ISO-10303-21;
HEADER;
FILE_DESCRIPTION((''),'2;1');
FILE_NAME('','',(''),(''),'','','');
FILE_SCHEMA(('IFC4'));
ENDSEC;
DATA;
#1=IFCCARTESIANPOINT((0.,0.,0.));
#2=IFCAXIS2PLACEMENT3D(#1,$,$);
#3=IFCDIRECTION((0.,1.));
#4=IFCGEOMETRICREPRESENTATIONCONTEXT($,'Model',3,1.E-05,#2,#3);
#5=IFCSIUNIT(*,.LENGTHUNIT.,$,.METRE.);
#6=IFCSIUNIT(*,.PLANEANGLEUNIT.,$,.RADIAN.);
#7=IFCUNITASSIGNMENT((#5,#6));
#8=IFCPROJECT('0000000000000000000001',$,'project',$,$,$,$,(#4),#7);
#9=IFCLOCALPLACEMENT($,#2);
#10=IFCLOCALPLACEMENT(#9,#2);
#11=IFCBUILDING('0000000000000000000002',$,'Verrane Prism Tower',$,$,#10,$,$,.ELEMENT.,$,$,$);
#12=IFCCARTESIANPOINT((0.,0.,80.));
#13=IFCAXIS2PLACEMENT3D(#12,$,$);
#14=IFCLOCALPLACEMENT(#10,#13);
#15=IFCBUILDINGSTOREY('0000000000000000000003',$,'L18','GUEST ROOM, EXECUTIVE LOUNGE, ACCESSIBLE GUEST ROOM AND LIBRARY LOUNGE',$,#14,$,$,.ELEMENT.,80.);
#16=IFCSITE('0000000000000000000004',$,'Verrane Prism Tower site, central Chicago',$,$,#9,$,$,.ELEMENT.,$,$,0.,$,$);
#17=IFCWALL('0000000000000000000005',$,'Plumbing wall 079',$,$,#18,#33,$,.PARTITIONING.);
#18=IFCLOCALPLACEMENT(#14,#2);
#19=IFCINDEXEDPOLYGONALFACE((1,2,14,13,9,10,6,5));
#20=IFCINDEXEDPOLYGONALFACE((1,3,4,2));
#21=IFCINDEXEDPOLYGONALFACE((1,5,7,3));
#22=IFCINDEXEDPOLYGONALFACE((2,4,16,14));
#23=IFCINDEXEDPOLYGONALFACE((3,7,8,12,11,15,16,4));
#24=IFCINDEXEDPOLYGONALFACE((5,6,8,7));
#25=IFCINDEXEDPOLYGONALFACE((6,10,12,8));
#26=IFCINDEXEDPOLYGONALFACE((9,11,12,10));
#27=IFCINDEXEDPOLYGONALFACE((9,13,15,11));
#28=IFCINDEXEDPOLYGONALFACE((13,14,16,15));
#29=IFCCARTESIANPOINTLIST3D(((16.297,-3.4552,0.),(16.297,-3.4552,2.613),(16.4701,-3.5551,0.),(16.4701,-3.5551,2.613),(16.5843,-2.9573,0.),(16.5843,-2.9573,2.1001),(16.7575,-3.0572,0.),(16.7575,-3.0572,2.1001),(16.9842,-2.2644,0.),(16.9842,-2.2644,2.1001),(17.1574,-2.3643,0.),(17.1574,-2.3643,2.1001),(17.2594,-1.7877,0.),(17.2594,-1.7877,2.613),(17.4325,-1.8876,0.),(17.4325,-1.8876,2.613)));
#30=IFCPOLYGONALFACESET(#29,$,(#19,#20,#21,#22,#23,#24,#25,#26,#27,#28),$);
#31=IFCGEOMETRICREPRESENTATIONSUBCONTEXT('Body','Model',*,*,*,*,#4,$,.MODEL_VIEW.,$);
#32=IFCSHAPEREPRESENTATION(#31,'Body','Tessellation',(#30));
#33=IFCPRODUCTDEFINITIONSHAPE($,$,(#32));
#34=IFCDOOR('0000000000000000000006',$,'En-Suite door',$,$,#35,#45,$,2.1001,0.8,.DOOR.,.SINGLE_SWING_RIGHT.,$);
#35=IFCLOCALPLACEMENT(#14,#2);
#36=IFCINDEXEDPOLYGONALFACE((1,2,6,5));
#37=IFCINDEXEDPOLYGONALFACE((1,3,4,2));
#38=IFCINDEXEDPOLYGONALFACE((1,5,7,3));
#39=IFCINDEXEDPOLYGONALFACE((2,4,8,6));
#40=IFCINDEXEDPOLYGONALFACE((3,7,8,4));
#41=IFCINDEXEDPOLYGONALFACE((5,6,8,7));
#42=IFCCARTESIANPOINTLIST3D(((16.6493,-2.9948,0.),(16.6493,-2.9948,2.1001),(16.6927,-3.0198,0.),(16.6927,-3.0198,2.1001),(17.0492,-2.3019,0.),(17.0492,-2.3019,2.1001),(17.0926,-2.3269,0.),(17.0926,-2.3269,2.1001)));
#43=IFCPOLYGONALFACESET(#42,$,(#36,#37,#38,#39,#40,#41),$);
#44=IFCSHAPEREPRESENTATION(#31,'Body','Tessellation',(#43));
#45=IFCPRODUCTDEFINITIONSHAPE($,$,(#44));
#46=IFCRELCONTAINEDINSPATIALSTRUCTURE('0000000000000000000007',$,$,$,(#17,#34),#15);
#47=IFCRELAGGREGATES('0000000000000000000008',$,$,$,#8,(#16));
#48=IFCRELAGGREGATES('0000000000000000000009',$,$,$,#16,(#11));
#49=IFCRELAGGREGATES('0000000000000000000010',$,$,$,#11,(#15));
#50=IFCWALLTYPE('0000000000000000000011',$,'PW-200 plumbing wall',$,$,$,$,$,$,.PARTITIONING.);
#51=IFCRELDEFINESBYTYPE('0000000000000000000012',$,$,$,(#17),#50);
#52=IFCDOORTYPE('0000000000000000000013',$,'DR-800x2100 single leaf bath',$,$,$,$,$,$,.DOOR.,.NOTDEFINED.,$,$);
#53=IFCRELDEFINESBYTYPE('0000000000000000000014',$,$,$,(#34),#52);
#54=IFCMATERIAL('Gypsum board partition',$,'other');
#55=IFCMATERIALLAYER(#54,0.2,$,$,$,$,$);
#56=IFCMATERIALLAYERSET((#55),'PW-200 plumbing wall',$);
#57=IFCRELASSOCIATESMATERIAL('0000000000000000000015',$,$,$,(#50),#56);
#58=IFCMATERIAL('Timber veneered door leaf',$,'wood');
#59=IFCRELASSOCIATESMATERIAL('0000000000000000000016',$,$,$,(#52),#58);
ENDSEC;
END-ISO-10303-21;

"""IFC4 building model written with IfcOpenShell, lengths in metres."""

from ifc_helpers import new_model, si_unit, direction, frame, frame_2d, origin, place, context, subcontext, project, spatial, rectangle, extrude, material, layer, layer_set, type_object, element, fill, save


model = new_model("IFC4")

# Units and contexts
model_context = context("Model", 3, precision=1e-05, world=origin(), true_north=direction((0.0, 1.0)))
body_context = subcontext(model_context, "Body", "Model", "MODEL_VIEW")
ifc_project = project(units=[si_unit("LENGTHUNIT", "METRE"), si_unit("PLANEANGLEUNIT", "RADIAN")], contexts=[model_context])

# Site, building, storey
site_placement = place(None, origin())
site = spatial("IfcSite", under=ifc_project, at=site_placement, Name="Verrane Prism Tower site, central Chicago", CompositionType="ELEMENT", RefElevation=0.0)
building_placement = place(site_placement, origin())
building = spatial("IfcBuilding", under=site, at=building_placement, Name="Verrane Prism Tower", CompositionType="ELEMENT")
storey_placement = place(building_placement, frame((0.0, 0.0, 80.0)))
storey = spatial("IfcBuildingStorey", under=building, at=storey_placement, Name="L18", Description="GUEST ROOM, EXECUTIVE LOUNGE, ACCESSIBLE GUEST ROOM AND LIBRARY LOUNGE", CompositionType="ELEMENT", Elevation=80.0)

# Shared definitions
ifc_material_1 = material(Name="Gypsum board partition", Category="other")
ifc_layer_1 = layer(ifc_material_1, 0.2)
ifc_layer_set_1 = layer_set([ifc_layer_1], Name="PW-200 plumbing wall")
wall_type_1 = type_object("IfcWallType", Name="PW-200 plumbing wall", PredefinedType="PARTITIONING", material=ifc_layer_set_1)
ifc_material_2 = material(Name="Timber veneered door leaf", Category="wood")
door_type = type_object("IfcDoorType", Name="DR-800x2100 single leaf bath", OperationType="NOTDEFINED", PredefinedType="DOOR", material=ifc_material_2)

# Wall, opening, door
wall_1_placement = place(storey_placement, frame((16.3835, -3.5051, 0.0), z_axis=(0.0, 0.0, 1.0), x_axis=(0.499876, 0.866097, 0.0)))
wall_1 = element("IfcWall", 1, at=wall_1_placement, inside=storey, type_object=wall_type_1, Name="Plumbing wall 079", PredefinedType="PARTITIONING", context=body_context, shape_type="SweptSolid", body=[
    extrude(rectangle(XDim=1.9253, YDim=0.2, at=frame_2d((0.9626, 0.0))), origin(), (0.0, 0.0, 1.0), 2.613),
])
opening_1_placement = place(wall_1_placement, frame((0.575, 0.0, 0.0)))
opening_1 = element("IfcOpeningElement", 2, at=opening_1_placement, cuts=wall_1, PredefinedType="OPENING", context=body_context, shape_type="SweptSolid", body=[
    extrude(rectangle(XDim=0.8, YDim=2.1001, at=frame_2d((0.3999, 1.05))), frame((0.0, 0.1099, 0.0), z_axis=(0.0, -1.0, 0.0), x_axis=(1.0, 0.0, 0.0)), (0.0, 0.0, 1.0), 0.22),
])
door_1_placement = place(opening_1_placement, origin())
door_1 = element("IfcDoor", 3, at=door_1_placement, inside=storey, type_object=door_type, Name="En-Suite door", OperationType="SINGLE_SWING_RIGHT", OverallHeight=2.1001, OverallWidth=0.8, PredefinedType="DOOR", context=body_context, shape_type="SweptSolid", body=[
    extrude(rectangle(XDim=0.8, YDim=2.1001, at=frame_2d((0.3999, 1.05))), frame((0.0, 0.0249, 0.0), z_axis=(0.0, -1.0, 0.0), x_axis=(1.0, 0.0, 0.0)), (0.0, 0.0, 1.0), 0.05),
])
fill(opening_1, door_1)

save(model, "model.ifc")
